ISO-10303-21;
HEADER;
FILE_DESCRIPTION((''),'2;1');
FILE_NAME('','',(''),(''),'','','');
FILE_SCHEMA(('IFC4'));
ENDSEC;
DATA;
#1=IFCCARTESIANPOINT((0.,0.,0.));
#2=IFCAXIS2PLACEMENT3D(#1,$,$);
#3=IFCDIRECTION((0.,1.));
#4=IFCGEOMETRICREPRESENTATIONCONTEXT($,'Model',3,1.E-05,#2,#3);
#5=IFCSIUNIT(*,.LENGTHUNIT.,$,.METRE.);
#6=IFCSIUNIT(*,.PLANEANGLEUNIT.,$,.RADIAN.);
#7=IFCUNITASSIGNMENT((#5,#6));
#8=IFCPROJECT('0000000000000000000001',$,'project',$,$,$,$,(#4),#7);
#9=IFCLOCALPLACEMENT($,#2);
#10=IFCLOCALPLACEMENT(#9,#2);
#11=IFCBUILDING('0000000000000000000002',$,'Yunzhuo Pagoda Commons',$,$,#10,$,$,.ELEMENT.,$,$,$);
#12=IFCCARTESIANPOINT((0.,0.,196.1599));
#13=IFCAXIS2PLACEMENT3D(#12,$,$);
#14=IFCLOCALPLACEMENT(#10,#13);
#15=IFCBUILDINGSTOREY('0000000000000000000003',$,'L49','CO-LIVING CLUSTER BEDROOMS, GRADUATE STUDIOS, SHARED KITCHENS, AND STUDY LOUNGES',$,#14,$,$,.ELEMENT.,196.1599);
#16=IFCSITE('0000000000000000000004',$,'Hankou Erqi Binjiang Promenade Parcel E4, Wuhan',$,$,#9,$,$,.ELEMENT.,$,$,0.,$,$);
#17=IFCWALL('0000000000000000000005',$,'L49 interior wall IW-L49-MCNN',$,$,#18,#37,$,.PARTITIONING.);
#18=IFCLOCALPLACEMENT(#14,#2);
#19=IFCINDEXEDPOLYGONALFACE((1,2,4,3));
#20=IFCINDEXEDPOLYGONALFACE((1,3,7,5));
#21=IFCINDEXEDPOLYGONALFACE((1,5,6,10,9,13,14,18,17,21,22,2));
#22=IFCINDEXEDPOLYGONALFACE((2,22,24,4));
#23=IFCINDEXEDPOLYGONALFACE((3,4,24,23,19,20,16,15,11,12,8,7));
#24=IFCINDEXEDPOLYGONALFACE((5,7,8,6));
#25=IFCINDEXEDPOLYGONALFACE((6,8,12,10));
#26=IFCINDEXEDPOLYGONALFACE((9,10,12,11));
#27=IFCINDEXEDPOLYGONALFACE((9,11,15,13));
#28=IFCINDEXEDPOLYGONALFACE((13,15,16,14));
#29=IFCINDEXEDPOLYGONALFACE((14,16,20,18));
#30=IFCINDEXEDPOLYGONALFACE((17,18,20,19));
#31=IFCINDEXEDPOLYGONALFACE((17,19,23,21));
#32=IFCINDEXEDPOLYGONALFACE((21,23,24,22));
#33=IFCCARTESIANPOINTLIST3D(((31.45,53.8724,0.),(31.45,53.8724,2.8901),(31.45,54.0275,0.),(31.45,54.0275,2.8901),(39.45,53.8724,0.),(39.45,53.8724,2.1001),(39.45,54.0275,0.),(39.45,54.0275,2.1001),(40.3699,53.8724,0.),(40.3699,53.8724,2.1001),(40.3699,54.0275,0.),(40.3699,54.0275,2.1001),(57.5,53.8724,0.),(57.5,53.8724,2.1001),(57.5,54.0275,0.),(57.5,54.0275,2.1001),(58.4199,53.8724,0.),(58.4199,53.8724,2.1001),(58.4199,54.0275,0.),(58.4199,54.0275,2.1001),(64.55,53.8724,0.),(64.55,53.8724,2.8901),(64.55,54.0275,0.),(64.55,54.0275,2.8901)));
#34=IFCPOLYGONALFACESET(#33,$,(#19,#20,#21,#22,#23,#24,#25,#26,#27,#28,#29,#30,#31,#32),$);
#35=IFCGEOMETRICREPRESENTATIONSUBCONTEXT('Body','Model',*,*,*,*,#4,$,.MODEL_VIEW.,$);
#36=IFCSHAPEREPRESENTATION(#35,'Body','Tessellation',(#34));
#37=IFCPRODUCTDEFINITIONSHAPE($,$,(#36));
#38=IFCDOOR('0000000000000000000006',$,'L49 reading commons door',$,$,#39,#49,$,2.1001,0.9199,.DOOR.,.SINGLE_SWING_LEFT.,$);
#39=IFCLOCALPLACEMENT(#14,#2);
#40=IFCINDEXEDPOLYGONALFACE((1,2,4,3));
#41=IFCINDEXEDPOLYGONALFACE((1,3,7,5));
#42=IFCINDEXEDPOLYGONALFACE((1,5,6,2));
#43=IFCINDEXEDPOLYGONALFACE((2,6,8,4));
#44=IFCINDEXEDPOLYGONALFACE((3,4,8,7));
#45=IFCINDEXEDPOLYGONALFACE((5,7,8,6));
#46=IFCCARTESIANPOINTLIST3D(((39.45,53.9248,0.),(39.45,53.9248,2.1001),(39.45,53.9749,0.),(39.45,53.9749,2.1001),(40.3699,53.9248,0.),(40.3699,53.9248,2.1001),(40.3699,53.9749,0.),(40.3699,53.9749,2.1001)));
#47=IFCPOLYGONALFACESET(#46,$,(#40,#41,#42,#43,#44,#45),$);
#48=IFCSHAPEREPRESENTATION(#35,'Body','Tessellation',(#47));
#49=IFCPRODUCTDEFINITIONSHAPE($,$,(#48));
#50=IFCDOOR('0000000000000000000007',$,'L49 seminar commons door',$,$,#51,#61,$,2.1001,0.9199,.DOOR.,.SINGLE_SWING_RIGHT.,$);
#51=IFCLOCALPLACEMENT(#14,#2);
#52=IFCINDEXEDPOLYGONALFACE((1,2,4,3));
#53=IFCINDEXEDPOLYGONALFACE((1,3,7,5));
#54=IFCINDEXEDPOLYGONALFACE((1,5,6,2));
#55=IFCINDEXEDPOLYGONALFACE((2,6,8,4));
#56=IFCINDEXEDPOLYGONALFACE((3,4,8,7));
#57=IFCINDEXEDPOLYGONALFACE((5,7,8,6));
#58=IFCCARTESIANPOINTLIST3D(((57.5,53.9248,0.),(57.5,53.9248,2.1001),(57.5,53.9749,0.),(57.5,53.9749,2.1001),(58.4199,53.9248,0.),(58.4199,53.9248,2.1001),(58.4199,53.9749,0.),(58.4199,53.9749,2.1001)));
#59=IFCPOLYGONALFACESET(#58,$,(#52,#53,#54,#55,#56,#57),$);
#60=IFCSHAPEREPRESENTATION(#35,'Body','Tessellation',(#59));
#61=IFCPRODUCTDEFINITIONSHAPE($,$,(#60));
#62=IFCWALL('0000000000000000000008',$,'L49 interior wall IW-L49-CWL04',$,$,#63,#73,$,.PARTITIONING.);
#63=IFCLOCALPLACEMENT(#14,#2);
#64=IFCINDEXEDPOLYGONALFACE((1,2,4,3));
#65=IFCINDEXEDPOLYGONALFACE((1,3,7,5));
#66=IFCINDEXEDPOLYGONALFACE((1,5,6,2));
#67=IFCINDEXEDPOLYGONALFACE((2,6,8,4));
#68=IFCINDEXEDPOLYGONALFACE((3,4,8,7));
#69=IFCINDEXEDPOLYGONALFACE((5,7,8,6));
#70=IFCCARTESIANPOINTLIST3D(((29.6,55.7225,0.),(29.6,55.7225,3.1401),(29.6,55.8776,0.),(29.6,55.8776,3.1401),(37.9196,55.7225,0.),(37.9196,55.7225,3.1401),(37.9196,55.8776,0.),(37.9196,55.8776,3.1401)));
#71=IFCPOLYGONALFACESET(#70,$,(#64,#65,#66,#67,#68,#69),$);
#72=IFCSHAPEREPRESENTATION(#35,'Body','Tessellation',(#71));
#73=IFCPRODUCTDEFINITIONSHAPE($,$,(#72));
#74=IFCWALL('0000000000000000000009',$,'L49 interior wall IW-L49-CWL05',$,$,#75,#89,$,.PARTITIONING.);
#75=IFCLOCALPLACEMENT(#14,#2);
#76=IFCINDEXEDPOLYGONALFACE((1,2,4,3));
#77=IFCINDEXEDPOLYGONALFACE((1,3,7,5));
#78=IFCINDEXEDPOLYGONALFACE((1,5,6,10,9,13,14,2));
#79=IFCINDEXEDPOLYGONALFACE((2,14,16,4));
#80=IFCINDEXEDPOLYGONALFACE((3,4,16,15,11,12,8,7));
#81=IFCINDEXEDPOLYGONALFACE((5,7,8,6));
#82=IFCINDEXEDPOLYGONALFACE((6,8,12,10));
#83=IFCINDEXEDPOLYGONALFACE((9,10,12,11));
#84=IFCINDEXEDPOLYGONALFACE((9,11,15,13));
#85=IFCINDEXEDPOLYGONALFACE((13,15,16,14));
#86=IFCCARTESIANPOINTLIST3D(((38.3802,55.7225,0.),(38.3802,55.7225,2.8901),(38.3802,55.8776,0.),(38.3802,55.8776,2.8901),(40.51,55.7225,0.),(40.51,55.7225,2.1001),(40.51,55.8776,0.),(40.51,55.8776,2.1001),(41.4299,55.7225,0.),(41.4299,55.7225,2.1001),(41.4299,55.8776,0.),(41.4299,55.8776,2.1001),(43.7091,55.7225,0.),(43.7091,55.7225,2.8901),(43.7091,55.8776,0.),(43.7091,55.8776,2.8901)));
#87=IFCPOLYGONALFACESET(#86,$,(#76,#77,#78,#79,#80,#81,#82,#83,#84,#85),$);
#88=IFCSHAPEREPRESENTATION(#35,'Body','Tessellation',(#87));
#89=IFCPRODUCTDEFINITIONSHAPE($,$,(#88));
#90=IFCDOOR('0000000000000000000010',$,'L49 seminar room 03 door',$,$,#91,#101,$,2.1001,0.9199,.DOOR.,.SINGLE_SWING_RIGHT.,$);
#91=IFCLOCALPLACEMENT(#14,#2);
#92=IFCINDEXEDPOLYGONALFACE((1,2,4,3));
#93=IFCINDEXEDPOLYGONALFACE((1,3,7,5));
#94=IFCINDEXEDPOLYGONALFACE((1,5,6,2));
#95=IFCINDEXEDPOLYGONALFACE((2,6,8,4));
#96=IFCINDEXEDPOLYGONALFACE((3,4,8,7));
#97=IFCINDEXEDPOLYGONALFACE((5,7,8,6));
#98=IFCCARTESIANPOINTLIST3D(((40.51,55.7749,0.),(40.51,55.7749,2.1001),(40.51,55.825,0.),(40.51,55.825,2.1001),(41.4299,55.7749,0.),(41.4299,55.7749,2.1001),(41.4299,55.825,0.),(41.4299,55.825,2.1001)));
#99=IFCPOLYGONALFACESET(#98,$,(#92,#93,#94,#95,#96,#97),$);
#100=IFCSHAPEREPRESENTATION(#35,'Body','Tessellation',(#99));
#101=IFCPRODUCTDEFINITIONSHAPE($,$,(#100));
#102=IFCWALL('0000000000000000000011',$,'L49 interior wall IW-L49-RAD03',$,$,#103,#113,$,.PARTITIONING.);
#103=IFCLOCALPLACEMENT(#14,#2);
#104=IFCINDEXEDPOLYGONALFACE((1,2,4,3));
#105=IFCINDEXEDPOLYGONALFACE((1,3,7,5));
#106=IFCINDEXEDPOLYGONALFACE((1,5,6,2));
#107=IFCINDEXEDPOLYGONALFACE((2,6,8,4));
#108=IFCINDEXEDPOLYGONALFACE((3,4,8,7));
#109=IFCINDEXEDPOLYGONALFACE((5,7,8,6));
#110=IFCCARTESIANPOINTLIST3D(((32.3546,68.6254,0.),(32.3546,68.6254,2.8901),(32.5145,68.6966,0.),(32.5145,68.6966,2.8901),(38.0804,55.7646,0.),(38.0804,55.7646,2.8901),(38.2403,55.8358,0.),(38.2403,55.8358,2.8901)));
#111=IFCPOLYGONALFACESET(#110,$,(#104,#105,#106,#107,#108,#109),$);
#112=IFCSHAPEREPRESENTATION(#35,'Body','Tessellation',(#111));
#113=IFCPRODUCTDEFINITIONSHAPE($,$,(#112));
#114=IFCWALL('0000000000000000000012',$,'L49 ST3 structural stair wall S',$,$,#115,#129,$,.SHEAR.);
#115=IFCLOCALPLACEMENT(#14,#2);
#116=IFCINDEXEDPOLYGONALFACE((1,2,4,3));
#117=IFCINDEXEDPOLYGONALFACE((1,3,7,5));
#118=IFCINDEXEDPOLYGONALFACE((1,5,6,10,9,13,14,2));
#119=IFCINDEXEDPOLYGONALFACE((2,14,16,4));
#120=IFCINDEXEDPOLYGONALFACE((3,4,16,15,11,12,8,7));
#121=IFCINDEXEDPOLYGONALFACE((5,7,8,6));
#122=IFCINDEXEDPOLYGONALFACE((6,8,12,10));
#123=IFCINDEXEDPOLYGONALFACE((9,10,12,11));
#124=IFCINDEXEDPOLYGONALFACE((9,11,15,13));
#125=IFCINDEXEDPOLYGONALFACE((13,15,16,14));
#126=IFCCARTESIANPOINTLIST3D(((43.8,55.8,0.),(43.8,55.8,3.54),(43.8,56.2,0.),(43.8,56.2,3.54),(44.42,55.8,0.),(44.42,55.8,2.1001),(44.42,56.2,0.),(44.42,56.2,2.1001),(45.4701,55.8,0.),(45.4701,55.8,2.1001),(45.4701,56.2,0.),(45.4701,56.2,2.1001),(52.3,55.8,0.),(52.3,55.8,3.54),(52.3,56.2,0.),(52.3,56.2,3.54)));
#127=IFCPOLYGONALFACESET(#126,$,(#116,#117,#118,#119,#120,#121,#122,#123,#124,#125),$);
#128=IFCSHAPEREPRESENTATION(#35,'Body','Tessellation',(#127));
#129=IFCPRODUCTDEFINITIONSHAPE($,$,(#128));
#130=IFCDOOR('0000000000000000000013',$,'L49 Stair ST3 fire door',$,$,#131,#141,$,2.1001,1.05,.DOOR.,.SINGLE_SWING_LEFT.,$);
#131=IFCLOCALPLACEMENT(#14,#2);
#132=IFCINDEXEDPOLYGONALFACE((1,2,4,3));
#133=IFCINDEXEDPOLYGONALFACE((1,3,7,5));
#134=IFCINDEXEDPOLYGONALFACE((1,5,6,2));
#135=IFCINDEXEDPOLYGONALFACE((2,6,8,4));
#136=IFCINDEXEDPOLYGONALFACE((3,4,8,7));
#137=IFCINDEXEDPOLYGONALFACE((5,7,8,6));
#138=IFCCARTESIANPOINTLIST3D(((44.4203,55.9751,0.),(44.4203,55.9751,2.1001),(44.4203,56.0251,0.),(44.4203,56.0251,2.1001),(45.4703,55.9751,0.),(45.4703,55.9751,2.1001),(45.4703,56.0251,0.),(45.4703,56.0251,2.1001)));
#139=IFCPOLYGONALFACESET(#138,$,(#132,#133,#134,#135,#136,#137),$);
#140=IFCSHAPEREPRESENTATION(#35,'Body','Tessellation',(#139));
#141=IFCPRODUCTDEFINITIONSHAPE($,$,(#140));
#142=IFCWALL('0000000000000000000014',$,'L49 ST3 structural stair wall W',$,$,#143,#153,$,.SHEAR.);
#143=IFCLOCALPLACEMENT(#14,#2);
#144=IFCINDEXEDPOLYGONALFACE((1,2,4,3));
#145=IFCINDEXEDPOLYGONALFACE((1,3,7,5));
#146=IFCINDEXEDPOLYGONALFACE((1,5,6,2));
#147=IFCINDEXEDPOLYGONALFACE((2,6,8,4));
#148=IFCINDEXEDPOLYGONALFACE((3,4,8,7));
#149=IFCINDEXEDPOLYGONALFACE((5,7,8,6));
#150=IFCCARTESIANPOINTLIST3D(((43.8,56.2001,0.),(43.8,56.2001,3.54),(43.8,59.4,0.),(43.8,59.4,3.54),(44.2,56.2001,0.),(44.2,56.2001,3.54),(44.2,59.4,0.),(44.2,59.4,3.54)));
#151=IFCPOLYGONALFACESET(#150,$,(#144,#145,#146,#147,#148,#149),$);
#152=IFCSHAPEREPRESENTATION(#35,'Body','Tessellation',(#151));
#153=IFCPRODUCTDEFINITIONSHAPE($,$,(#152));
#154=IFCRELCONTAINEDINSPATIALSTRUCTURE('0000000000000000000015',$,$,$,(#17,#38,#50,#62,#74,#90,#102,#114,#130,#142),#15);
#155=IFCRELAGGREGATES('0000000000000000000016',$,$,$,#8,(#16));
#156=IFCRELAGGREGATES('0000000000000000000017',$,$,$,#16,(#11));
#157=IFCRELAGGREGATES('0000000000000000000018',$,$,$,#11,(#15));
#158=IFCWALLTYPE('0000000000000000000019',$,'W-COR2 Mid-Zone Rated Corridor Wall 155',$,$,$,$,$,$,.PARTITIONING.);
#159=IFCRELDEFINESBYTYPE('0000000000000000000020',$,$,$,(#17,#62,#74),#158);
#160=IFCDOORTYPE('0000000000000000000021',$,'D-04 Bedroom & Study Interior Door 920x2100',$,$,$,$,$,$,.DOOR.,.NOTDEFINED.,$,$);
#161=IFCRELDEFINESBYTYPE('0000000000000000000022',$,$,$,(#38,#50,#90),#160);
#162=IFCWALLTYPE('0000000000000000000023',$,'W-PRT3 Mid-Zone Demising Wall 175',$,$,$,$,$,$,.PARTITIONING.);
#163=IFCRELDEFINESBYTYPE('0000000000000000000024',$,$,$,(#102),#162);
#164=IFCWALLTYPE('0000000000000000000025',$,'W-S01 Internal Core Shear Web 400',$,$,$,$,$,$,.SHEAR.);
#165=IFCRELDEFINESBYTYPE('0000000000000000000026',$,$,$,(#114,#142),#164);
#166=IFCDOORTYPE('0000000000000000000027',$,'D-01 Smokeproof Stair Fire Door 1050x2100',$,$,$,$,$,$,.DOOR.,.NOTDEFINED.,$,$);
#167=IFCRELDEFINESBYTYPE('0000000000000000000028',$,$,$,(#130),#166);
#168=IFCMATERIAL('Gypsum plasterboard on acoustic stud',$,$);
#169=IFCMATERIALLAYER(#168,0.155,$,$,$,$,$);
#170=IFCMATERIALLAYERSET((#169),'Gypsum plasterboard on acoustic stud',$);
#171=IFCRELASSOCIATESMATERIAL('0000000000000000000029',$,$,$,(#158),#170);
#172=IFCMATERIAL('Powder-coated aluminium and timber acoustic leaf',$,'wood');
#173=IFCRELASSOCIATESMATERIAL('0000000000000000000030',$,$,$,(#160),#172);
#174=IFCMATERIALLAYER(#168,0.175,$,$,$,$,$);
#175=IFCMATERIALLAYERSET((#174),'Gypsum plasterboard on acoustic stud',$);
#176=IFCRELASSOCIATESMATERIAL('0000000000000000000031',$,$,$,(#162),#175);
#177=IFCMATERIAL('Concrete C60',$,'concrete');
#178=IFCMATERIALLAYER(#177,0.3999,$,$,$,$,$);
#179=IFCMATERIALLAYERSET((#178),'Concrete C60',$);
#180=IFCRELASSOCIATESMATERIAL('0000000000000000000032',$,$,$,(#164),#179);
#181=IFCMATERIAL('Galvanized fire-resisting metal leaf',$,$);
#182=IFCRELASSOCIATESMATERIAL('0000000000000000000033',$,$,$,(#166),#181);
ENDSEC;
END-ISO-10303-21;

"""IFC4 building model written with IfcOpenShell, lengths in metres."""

from ifc_helpers import new_model, si_unit, direction, frame, frame_2d, origin, origin_with_axes, place, context, subcontext, project, spatial, rectangle, extrude, source, transform, mapped, material, layer, layer_set, type_object, element, fill, save


model = new_model("IFC4")

# Units and contexts
model_context = context("Model", 3, precision=1e-05, world=origin(), true_north=direction((0.0, 1.0)))
body_context = subcontext(model_context, "Body", "Model", "MODEL_VIEW")
ifc_project = project(units=[si_unit("LENGTHUNIT", "METRE"), si_unit("PLANEANGLEUNIT", "RADIAN")], contexts=[model_context])

# Site, building, storey
site_placement = place(None, origin())
site = spatial("IfcSite", under=ifc_project, at=site_placement, Name="Hankou Erqi Binjiang Promenade Parcel E4, Wuhan", CompositionType="ELEMENT", RefElevation=0.0)
building_placement = place(site_placement, origin())
building = spatial("IfcBuilding", under=site, at=building_placement, Name="Yunzhuo Pagoda Commons", CompositionType="ELEMENT")
storey_placement = place(building_placement, frame((0.0, 0.0, 196.1599)))
storey = spatial("IfcBuildingStorey", under=building, at=storey_placement, Name="L49", Description="CO-LIVING CLUSTER BEDROOMS, GRADUATE STUDIOS, SHARED KITCHENS, AND STUDY LOUNGES", CompositionType="ELEMENT", Elevation=196.1599)

# Wall, openings, doors
ifc_material_1 = material(Name="Gypsum plasterboard on acoustic stud")
ifc_layer_1 = layer(ifc_material_1, 0.155)
ifc_layer_set_1 = layer_set([ifc_layer_1], Name="Gypsum plasterboard on acoustic stud")
wall_type_1 = type_object("IfcWallType", Name="W-COR2 Mid-Zone Rated Corridor Wall 155", PredefinedType="PARTITIONING", material=ifc_layer_set_1)
wall_1_placement = place(storey_placement, frame((31.45, 53.95, 0.0), z_axis=(0.0, 0.0, 1.0), x_axis=(1.0, 0.0, 0.0)))
wall_1 = element("IfcWall", 1, at=wall_1_placement, inside=storey, type_object=wall_type_1, Name="L49 interior wall IW-L49-MCNN", PredefinedType="PARTITIONING", context=body_context, shape_type="SweptSolid", body=[
    extrude(rectangle(XDim=33.1001, YDim=0.155, at=frame_2d((16.55, 0.0))), origin(), (0.0, 0.0, 1.0), 2.8901),
])
opening_1_placement = place(wall_1_placement, frame((8.0, 0.0, 0.0)))
opening_1 = element("IfcOpeningElement", 2, at=opening_1_placement, cuts=wall_1, PredefinedType="OPENING", context=body_context, shape_type="SweptSolid", body=[
    extrude(rectangle(XDim=0.9199, YDim=2.1001, at=frame_2d((0.46, 1.05))), frame((0.0, 0.0874, 0.0), z_axis=(0.0, -1.0, 0.0), x_axis=(1.0, 0.0, 0.0)), (0.0, 0.0, 1.0), 0.175),
])
opening_2_placement = place(wall_1_placement, frame((26.05, 0.0, 0.0)))
opening_2 = element("IfcOpeningElement", 3, at=opening_2_placement, cuts=wall_1, PredefinedType="OPENING", context=body_context, shape_type="SweptSolid", body=[
    extrude(rectangle(XDim=0.9199, YDim=2.1001, at=frame_2d((0.46, 1.05))), frame((0.0, 0.0874, 0.0), z_axis=(0.0, -1.0, 0.0), x_axis=(1.0, 0.0, 0.0)), (0.0, 0.0, 1.0), 0.175),
])
ifc_material_2 = material(Name="Powder-coated aluminium and timber acoustic leaf", Category="wood")
door_type_1 = type_object("IfcDoorType", Name="D-04 Bedroom & Study Interior Door 920x2100", OperationType="NOTDEFINED", PredefinedType="DOOR", material=ifc_material_2)
shared_shape_1 = source(origin(), body_context, "Body", "SweptSolid", [
    extrude(rectangle(XDim=0.9199, YDim=2.1001, at=frame_2d((0.46, 1.05))), frame((0.0, 0.0249, 0.0), z_axis=(0.0, -1.0, 0.0), x_axis=(1.0, 0.0, 0.0)), (0.0, 0.0, 1.0), 0.05),
])
door_1_placement = place(opening_1_placement, origin_with_axes())
door_1 = element("IfcDoor", 4, at=door_1_placement, inside=storey, type_object=door_type_1, Name="L49 reading commons door", OperationType="SINGLE_SWING_LEFT", OverallHeight=2.1001, OverallWidth=0.9199, PredefinedType="DOOR", context=body_context, shape_type="MappedRepresentation", body=[
    mapped(shared_shape_1, transform((0.0, 0.0, 0.0), scale=1.0)),
])
fill(opening_1, door_1)
door_2_placement = place(opening_2_placement, origin_with_axes())
door_2 = element("IfcDoor", 5, at=door_2_placement, inside=storey, type_object=door_type_1, Name="L49 seminar commons door", OperationType="SINGLE_SWING_RIGHT", OverallHeight=2.1001, OverallWidth=0.9199, PredefinedType="DOOR", context=body_context, shape_type="MappedRepresentation", body=[
    mapped(shared_shape_1, transform((0.0, 0.0, 0.0), scale=1.0)),
])
fill(opening_2, door_2)

# Wall
wall_2_placement = place(storey_placement, frame((29.6001, 55.8, 0.0), z_axis=(0.0, 0.0, 1.0), x_axis=(1.0, 0.0, 0.0)))
element("IfcWall", 6, at=wall_2_placement, inside=storey, type_object=wall_type_1, Name="L49 interior wall IW-L49-CWL04", PredefinedType="PARTITIONING", context=body_context, shape_type="SweptSolid", body=[
    extrude(rectangle(XDim=8.3196, YDim=0.155, at=frame_2d((4.1597, 0.0))), origin(), (0.0, 0.0, 1.0), 3.1401),
])

# Wall, opening, door
wall_3_placement = place(storey_placement, frame((38.3801, 55.8, 0.0), z_axis=(0.0, 0.0, 1.0), x_axis=(1.0, 0.0, 0.0)))
wall_3 = element("IfcWall", 7, at=wall_3_placement, inside=storey, type_object=wall_type_1, Name="L49 interior wall IW-L49-CWL05", PredefinedType="PARTITIONING", context=body_context, shape_type="SweptSolid", body=[
    extrude(rectangle(XDim=5.3289, YDim=0.155, at=frame_2d((2.6646, 0.0))), origin(), (0.0, 0.0, 1.0), 2.8901),
])
opening_3_placement = place(wall_3_placement, frame((2.1299, 0.0, 0.0)))
opening_3 = element("IfcOpeningElement", 8, at=opening_3_placement, cuts=wall_3, PredefinedType="OPENING", context=body_context, shape_type="SweptSolid", body=[
    extrude(rectangle(XDim=0.9199, YDim=2.1001, at=frame_2d((0.46, 1.05))), frame((0.0, 0.0874, 0.0), z_axis=(0.0, -1.0, 0.0), x_axis=(1.0, 0.0, 0.0)), (0.0, 0.0, 1.0), 0.175),
])
door_3_placement = place(opening_3_placement, origin_with_axes())
door_3 = element("IfcDoor", 9, at=door_3_placement, inside=storey, type_object=door_type_1, Name="L49 seminar room 03 door", OperationType="SINGLE_SWING_RIGHT", OverallHeight=2.1001, OverallWidth=0.9199, PredefinedType="DOOR", context=body_context, shape_type="MappedRepresentation", body=[
    mapped(shared_shape_1, transform((0.0, 0.0, 0.0), scale=1.0)),
])
fill(opening_3, door_3)

# Wall
ifc_layer_2 = layer(ifc_material_1, 0.175)
ifc_layer_set_2 = layer_set([ifc_layer_2], Name="Gypsum plasterboard on acoustic stud")
wall_type_2 = type_object("IfcWallType", Name="W-PRT3 Mid-Zone Demising Wall 175", PredefinedType="PARTITIONING", material=ifc_layer_set_2)
wall_4_placement = place(storey_placement, frame((38.1604, 55.8, 0.0), z_axis=(0.0, 0.0, 1.0), x_axis=(-0.406726, 0.91355, 0.0)))
element("IfcWall", 10, at=wall_4_placement, inside=storey, type_object=wall_type_2, Name="L49 interior wall IW-L49-RAD03", PredefinedType="PARTITIONING", context=body_context, shape_type="SweptSolid", body=[
    extrude(rectangle(XDim=14.0779, YDim=0.175, at=frame_2d((7.0391, 0.0))), origin(), (0.0, 0.0, 1.0), 2.8901),
])

# Wall, opening, door
ifc_material_3 = material(Name="Concrete C60", Category="concrete")
ifc_layer_3 = layer(ifc_material_3, 0.3999)
ifc_layer_set_3 = layer_set([ifc_layer_3], Name="Concrete C60")
wall_type_3 = type_object("IfcWallType", Name="W-S01 Internal Core Shear Web 400", PredefinedType="SHEAR", material=ifc_layer_set_3)
wall_5_placement = place(storey_placement, frame((43.8, 56.0, 0.0), z_axis=(0.0, 0.0, 1.0), x_axis=(1.0, 0.0, 0.0)))
wall_5 = element("IfcWall", 11, at=wall_5_placement, inside=storey, type_object=wall_type_3, Name="L49 ST3 structural stair wall S", PredefinedType="SHEAR", context=body_context, shape_type="SweptSolid", body=[
    extrude(rectangle(XDim=8.5, YDim=0.3999, at=frame_2d((4.25, 0.0))), origin(), (0.0, 0.0, 1.0), 3.54),
])
opening_4_placement = place(wall_5_placement, frame((0.6201, 0.0, 0.0)))
opening_4 = element("IfcOpeningElement", 12, at=opening_4_placement, cuts=wall_5, PredefinedType="OPENING", context=body_context, shape_type="SweptSolid", body=[
    extrude(rectangle(XDim=1.05, YDim=2.1001, at=frame_2d((0.5249, 1.05))), frame((0.0, 0.21, 0.0), z_axis=(0.0, -1.0, 0.0), x_axis=(1.0, 0.0, 0.0)), (0.0, 0.0, 1.0), 0.4199),
])
ifc_material_4 = material(Name="Galvanized fire-resisting metal leaf")
door_type_2 = type_object("IfcDoorType", Name="D-01 Smokeproof Stair Fire Door 1050x2100", OperationType="NOTDEFINED", PredefinedType="DOOR", material=ifc_material_4)
shared_shape_2 = source(origin(), body_context, "Body", "SweptSolid", [
    extrude(rectangle(XDim=1.05, YDim=2.1001, at=frame_2d((0.5249, 1.05))), frame((0.0, 0.0249, 0.0), z_axis=(0.0, -1.0, 0.0), x_axis=(1.0, 0.0, 0.0)), (0.0, 0.0, 1.0), 0.05),
])
door_4_placement = place(opening_4_placement, frame((1.05, 0.0, 0.0), z_axis=(0.0, 0.0, 1.0), x_axis=(-1.0, 0.0, 0.0)))
door_4 = element("IfcDoor", 13, at=door_4_placement, inside=storey, type_object=door_type_2, Name="L49 Stair ST3 fire door", OperationType="SINGLE_SWING_LEFT", OverallHeight=2.1001, OverallWidth=1.05, PredefinedType="DOOR", context=body_context, shape_type="MappedRepresentation", body=[
    mapped(shared_shape_2, transform((0.0, 0.0, 0.0), scale=1.0)),
])
fill(opening_4, door_4)

# Wall
wall_6_placement = place(storey_placement, frame((44.0, 56.2, 0.0), z_axis=(0.0, 0.0, 1.0), x_axis=(0.0, 1.0, 0.0)))
element("IfcWall", 14, at=wall_6_placement, inside=storey, type_object=wall_type_3, Name="L49 ST3 structural stair wall W", PredefinedType="SHEAR", context=body_context, shape_type="SweptSolid", body=[
    extrude(rectangle(XDim=3.2, YDim=0.3999, at=frame_2d((1.6001, 0.0))), origin(), (0.0, 0.0, 1.0), 3.54),
])

save(model, "model.ifc")
